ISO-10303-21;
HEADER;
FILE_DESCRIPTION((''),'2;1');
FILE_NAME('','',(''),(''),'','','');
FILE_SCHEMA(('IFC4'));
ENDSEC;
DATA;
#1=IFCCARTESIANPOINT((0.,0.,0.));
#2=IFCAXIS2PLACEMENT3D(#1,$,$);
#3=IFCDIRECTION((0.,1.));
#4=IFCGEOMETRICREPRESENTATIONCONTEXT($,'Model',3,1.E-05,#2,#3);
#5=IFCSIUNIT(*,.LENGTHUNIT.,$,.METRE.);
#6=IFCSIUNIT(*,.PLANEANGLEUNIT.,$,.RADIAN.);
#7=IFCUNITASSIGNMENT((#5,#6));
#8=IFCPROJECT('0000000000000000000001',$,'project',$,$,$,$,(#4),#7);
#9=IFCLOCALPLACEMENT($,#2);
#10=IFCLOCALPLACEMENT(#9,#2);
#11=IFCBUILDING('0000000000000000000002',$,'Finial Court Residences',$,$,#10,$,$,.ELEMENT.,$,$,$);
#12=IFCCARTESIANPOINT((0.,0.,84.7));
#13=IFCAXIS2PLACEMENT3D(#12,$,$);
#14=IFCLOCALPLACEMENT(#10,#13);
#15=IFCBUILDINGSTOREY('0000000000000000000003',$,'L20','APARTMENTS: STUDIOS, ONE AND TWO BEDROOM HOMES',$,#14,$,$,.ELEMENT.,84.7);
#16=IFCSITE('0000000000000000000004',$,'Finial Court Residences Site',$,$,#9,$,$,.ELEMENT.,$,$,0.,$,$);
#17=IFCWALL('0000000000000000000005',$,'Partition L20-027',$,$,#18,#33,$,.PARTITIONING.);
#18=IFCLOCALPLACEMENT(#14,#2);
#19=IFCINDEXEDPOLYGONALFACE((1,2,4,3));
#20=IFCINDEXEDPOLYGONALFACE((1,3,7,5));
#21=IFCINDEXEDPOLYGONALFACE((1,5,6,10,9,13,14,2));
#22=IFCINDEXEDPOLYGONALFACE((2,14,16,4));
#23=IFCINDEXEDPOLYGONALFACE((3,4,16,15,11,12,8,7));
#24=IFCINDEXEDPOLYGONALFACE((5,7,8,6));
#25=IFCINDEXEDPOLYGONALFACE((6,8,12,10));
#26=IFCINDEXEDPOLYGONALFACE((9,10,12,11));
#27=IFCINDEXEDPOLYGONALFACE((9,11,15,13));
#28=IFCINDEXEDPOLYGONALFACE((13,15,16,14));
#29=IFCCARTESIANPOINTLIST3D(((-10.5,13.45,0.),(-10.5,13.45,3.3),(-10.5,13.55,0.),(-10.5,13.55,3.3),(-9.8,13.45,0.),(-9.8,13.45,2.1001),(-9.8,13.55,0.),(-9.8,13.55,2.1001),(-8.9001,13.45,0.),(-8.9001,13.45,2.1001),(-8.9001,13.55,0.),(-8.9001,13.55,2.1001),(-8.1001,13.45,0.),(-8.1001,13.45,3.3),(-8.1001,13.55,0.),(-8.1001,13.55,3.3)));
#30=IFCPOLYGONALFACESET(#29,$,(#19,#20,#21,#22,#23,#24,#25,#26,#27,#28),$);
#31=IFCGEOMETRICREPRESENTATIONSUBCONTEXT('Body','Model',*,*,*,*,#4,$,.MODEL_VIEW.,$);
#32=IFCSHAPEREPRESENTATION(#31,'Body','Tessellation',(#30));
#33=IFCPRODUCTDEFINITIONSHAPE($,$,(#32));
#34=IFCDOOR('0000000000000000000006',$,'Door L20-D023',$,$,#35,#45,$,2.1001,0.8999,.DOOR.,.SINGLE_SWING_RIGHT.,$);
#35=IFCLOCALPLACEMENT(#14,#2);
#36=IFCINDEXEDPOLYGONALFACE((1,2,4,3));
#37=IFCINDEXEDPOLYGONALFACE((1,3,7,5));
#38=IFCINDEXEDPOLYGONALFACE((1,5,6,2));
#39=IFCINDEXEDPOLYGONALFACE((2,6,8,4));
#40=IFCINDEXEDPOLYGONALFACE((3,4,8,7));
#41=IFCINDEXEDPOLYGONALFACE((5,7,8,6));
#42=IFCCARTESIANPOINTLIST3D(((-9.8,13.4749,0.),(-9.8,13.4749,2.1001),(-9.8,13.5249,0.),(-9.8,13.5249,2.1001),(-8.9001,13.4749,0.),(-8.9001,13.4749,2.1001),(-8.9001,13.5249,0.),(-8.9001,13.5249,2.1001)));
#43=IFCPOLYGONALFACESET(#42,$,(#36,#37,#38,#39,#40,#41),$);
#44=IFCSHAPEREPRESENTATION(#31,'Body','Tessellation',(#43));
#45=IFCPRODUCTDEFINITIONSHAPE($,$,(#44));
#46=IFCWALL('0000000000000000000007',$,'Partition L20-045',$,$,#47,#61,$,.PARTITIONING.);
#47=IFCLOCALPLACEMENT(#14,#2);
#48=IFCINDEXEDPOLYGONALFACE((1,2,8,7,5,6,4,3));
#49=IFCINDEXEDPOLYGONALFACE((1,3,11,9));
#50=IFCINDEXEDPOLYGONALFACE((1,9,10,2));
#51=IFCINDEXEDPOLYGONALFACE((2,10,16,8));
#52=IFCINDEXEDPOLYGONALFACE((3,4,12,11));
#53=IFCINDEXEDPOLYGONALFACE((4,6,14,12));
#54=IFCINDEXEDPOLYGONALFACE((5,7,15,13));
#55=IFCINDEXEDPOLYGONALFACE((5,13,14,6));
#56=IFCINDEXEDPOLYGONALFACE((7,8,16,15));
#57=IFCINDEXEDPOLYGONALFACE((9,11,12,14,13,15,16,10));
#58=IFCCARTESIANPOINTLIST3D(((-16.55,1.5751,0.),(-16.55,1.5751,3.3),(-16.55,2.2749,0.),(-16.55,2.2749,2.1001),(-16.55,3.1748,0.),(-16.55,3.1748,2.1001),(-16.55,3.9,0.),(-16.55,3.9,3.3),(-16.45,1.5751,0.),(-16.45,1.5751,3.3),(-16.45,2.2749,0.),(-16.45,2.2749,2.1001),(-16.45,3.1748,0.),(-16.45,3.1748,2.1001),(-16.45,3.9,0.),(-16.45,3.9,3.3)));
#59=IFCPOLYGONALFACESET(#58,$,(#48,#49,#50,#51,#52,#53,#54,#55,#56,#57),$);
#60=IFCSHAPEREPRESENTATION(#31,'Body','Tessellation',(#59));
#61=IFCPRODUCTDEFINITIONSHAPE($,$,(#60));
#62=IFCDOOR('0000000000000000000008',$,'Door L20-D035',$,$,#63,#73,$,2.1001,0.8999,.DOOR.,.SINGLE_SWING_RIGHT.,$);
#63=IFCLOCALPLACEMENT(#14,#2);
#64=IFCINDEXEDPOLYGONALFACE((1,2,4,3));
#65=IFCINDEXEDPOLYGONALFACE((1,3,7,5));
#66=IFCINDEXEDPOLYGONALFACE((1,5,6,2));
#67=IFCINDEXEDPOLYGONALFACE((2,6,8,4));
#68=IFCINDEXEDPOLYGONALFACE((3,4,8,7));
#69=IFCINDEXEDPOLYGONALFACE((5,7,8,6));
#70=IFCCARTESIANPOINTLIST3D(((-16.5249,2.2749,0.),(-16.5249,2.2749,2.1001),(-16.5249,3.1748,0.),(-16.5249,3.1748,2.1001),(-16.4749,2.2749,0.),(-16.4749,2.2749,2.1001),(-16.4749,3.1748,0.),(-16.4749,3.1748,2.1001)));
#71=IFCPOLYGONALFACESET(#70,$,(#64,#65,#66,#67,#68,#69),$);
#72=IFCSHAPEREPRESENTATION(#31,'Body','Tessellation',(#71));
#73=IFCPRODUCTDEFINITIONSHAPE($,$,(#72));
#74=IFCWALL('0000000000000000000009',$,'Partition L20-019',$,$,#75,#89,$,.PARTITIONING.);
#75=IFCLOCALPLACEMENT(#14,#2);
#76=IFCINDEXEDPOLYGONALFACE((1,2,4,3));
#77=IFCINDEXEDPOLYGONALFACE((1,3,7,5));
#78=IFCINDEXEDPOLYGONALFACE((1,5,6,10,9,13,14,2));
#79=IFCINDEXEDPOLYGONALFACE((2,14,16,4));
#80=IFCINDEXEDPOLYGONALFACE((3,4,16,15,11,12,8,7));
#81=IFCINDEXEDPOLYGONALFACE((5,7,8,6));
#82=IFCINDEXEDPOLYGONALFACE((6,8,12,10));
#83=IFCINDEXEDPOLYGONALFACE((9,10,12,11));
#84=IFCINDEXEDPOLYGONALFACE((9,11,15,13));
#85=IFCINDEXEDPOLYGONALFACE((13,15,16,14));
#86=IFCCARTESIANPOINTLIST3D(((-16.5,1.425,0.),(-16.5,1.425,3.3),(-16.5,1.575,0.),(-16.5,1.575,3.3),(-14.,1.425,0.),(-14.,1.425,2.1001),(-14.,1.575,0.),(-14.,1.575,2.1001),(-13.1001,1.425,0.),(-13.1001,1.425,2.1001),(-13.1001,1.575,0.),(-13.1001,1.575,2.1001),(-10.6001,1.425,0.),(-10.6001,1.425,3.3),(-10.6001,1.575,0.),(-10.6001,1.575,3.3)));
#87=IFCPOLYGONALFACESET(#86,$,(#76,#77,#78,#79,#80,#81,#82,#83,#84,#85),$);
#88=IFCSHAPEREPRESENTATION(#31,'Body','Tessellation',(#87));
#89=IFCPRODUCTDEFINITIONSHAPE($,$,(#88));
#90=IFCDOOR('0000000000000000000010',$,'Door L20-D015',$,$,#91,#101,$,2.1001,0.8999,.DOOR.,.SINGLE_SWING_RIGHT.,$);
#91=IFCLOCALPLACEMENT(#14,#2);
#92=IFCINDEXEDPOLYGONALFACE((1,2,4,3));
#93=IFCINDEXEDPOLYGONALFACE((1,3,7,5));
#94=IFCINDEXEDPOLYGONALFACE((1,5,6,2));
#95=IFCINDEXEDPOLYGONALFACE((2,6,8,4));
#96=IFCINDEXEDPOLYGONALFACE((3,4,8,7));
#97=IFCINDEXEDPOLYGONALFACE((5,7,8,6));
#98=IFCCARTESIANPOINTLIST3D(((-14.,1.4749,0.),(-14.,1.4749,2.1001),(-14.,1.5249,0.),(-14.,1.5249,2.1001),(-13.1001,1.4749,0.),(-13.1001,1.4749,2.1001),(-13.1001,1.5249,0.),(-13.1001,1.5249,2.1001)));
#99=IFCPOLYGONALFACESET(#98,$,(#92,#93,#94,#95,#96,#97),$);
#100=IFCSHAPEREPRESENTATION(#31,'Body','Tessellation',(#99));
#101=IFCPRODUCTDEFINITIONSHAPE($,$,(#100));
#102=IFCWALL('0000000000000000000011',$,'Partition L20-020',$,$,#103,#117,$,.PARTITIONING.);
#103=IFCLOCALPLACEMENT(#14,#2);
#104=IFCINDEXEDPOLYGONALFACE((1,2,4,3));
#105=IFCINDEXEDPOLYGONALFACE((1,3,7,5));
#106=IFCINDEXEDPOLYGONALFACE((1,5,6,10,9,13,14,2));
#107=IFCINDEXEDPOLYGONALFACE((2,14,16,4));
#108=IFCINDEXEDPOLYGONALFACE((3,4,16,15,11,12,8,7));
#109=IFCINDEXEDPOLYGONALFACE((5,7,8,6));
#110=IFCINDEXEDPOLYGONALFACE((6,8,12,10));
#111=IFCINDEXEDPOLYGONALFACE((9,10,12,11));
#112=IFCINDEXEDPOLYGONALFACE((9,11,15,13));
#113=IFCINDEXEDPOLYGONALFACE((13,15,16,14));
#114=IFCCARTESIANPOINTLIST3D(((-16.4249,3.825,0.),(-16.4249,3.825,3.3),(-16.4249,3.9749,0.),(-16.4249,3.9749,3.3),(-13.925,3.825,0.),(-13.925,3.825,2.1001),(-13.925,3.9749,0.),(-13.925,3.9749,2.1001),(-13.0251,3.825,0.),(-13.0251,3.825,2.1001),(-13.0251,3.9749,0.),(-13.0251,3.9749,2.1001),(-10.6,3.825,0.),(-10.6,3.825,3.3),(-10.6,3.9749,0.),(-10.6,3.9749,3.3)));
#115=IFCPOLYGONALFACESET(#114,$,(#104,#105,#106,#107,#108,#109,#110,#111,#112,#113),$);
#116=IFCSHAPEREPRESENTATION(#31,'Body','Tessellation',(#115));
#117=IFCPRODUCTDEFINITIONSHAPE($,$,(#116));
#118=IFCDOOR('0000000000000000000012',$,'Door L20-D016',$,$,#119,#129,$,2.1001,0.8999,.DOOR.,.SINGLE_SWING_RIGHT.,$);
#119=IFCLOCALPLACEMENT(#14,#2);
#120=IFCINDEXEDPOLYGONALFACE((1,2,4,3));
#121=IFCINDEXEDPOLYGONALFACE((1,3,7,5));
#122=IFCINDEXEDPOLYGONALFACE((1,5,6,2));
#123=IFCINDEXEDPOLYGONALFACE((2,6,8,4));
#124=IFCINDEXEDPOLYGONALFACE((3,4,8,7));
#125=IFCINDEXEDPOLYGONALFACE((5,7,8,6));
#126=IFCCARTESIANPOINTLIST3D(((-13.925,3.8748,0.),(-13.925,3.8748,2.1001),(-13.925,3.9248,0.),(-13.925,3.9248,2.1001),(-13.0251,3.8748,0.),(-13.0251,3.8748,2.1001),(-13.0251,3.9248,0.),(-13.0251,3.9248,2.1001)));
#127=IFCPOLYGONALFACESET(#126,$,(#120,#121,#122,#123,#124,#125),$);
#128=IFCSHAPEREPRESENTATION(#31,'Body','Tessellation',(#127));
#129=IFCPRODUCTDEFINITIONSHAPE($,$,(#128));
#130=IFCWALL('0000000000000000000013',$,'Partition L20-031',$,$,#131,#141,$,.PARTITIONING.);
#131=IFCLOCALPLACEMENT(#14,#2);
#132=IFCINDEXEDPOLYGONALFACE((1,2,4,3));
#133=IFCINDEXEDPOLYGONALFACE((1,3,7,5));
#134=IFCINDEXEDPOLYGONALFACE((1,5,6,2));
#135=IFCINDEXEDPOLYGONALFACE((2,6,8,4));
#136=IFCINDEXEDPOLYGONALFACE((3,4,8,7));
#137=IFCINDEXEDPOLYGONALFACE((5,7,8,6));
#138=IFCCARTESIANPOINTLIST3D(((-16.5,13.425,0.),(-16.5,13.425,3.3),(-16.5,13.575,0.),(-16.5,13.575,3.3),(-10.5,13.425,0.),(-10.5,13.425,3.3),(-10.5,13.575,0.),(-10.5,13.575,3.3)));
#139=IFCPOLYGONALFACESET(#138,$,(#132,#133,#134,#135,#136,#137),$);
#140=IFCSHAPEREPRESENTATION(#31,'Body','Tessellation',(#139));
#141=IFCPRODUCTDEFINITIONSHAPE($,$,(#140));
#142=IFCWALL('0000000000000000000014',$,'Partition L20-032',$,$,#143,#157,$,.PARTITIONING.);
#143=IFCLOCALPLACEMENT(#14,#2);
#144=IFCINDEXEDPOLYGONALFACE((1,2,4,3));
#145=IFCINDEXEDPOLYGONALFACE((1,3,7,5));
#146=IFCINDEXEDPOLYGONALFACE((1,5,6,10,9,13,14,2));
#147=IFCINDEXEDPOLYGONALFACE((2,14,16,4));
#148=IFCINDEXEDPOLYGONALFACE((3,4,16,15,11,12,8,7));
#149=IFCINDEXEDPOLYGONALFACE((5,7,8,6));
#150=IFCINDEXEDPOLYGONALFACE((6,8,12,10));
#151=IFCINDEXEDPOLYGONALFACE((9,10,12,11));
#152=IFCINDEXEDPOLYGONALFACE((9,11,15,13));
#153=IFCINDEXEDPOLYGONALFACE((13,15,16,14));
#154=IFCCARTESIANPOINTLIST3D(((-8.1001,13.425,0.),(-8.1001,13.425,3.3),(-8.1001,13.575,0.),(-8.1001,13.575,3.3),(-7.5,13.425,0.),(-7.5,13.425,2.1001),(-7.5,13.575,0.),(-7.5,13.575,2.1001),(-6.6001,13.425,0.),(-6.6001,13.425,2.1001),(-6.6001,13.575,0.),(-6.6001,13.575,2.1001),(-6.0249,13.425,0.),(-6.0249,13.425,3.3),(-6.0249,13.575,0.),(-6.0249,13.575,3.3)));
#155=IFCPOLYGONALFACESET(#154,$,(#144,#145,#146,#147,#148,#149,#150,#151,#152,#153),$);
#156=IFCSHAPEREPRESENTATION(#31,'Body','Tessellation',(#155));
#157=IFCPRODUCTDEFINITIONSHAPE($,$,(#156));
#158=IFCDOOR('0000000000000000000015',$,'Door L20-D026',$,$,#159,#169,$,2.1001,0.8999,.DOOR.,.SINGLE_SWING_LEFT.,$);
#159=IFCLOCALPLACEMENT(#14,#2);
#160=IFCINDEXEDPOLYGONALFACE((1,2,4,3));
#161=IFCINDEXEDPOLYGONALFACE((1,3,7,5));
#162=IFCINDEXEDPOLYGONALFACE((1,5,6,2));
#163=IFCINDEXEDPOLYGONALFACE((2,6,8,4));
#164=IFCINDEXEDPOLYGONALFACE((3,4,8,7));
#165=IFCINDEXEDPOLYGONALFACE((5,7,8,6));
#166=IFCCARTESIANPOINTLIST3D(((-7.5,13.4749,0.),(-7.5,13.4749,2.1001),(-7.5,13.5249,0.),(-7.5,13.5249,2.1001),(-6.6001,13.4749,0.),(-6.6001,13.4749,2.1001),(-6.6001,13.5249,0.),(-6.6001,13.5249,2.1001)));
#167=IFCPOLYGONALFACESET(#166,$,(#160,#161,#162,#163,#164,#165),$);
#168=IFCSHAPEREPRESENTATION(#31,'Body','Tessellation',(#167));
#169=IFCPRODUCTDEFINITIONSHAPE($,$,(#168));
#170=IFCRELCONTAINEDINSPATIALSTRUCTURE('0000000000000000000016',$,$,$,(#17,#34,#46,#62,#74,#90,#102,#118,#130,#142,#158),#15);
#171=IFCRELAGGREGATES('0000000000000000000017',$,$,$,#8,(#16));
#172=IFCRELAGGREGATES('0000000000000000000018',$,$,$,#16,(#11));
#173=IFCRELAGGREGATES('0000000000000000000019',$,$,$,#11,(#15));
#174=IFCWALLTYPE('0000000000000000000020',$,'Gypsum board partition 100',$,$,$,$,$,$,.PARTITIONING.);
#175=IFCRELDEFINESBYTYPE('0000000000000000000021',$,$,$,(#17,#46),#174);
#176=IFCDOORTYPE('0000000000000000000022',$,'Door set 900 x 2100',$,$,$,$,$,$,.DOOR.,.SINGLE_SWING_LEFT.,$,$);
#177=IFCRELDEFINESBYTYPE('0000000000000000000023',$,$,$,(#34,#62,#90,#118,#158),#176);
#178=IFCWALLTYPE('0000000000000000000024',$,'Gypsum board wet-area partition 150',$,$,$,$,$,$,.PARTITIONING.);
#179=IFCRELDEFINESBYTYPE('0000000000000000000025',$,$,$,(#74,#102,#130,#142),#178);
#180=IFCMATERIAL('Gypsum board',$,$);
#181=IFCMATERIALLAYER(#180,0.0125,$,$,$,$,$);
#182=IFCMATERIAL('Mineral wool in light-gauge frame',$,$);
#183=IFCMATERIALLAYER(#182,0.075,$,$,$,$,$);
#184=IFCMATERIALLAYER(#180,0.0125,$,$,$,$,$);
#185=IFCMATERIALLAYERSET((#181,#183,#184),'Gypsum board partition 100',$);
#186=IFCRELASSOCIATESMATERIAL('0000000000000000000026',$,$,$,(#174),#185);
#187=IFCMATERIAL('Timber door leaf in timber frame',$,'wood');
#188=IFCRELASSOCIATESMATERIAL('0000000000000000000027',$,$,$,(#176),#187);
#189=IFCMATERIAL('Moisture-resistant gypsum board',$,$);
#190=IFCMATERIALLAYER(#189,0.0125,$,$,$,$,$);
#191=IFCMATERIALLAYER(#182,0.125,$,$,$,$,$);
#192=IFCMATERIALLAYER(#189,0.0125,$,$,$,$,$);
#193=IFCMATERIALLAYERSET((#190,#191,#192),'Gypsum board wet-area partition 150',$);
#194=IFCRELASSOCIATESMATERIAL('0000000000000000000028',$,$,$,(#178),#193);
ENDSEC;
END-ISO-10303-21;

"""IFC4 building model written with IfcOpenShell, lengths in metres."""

from ifc_helpers import new_model, si_unit, direction, frame, frame_2d, origin, place, context, subcontext, project, spatial, rectangle, extrude, material, layer, layer_set, type_object, element, fill, save


model = new_model("IFC4")

# Units and contexts
model_context = context("Model", 3, precision=1e-05, world=origin(), true_north=direction((0.0, 1.0)))
body_context = subcontext(model_context, "Body", "Model", "MODEL_VIEW")
ifc_project = project(units=[si_unit("LENGTHUNIT", "METRE"), si_unit("PLANEANGLEUNIT", "RADIAN")], contexts=[model_context])

# Site, building, storey
site_placement = place(None, origin())
site = spatial("IfcSite", under=ifc_project, at=site_placement, Name="Finial Court Residences Site", CompositionType="ELEMENT", RefElevation=0.0)
building_placement = place(site_placement, origin())
building = spatial("IfcBuilding", under=site, at=building_placement, Name="Finial Court Residences", CompositionType="ELEMENT")
storey_placement = place(building_placement, frame((0.0, 0.0, 84.7)))
storey = spatial("IfcBuildingStorey", under=building, at=storey_placement, Name="L20", Description="APARTMENTS: STUDIOS, ONE AND TWO BEDROOM HOMES", CompositionType="ELEMENT", Elevation=84.7)

# Shared definitions
ifc_material_1 = material(Name="Gypsum board")

# Walls, openings, doors
ifc_layer_1 = layer(ifc_material_1, 0.0125)
ifc_material_2 = material(Name="Mineral wool in light-gauge frame")
ifc_layer_2 = layer(ifc_material_2, 0.075)
ifc_layer_3 = layer(ifc_material_1, 0.0125)
ifc_layer_set_1 = layer_set([ifc_layer_1, ifc_layer_2, ifc_layer_3], Name="Gypsum board partition 100")
wall_type_1 = type_object("IfcWallType", Name="Gypsum board partition 100", PredefinedType="PARTITIONING", material=ifc_layer_set_1)
wall_1_placement = place(storey_placement, frame((-10.5, 13.5, 0.0), z_axis=(0.0, 0.0, 1.0), x_axis=(1.0, 0.0, 0.0)))
wall_1 = element("IfcWall", 1, at=wall_1_placement, inside=storey, type_object=wall_type_1, Name="Partition L20-027", PredefinedType="PARTITIONING", context=body_context, shape_type="SweptSolid", body=[
    extrude(rectangle(XDim=2.3999, YDim=0.1001, at=frame_2d((1.2, 0.0))), origin(), (0.0, 0.0, 1.0), 3.3),
])
opening_1_placement = place(wall_1_placement, frame((0.7, 0.0, 0.0)))
opening_1 = element("IfcOpeningElement", 2, at=opening_1_placement, cuts=wall_1, PredefinedType="OPENING", context=body_context, shape_type="SweptSolid", body=[
    extrude(rectangle(XDim=0.8999, YDim=2.1001, at=frame_2d((0.45, 1.05))), frame((0.0, 0.0601, 0.0), z_axis=(0.0, -1.0, 0.0), x_axis=(1.0, 0.0, 0.0)), (0.0, 0.0, 1.0), 0.1201),
])
ifc_material_3 = material(Name="Timber door leaf in timber frame", Category="wood")
door_type = type_object("IfcDoorType", Name="Door set 900 x 2100", OperationType="SINGLE_SWING_LEFT", PredefinedType="DOOR", material=ifc_material_3)
door_1_placement = place(opening_1_placement, origin())
door_1 = element("IfcDoor", 3, at=door_1_placement, inside=storey, type_object=door_type, Name="Door L20-D023", OperationType="SINGLE_SWING_RIGHT", OverallHeight=2.1001, OverallWidth=0.8999, PredefinedType="DOOR", context=body_context, shape_type="SweptSolid", body=[
    extrude(rectangle(XDim=0.8999, YDim=2.1001, at=frame_2d((0.45, 1.05))), frame((0.0, 0.0249, 0.0), z_axis=(0.0, -1.0, 0.0), x_axis=(1.0, 0.0, 0.0)), (0.0, 0.0, 1.0), 0.05),
])
fill(opening_1, door_1)
wall_2_placement = place(storey_placement, frame((-16.5, 1.575, 0.0), z_axis=(0.0, 0.0, 1.0), x_axis=(0.0, 1.0, 0.0)))
wall_2 = element("IfcWall", 4, at=wall_2_placement, inside=storey, type_object=wall_type_1, Name="Partition L20-045", PredefinedType="PARTITIONING", context=body_context, shape_type="SweptSolid", body=[
    extrude(rectangle(XDim=2.325, YDim=0.1001, at=frame_2d((1.1626, 0.0))), origin(), (0.0, 0.0, 1.0), 3.3),
])
opening_2_placement = place(wall_2_placement, frame((0.7, 0.0, 0.0)))
opening_2 = element("IfcOpeningElement", 5, at=opening_2_placement, cuts=wall_2, PredefinedType="OPENING", context=body_context, shape_type="SweptSolid", body=[
    extrude(rectangle(XDim=0.8999, YDim=2.1001, at=frame_2d((0.45, 1.05))), frame((0.0, 0.0601, 0.0), z_axis=(0.0, -1.0, 0.0), x_axis=(1.0, 0.0, 0.0)), (0.0, 0.0, 1.0), 0.1201),
])
door_2_placement = place(opening_2_placement, origin())
door_2 = element("IfcDoor", 6, at=door_2_placement, inside=storey, type_object=door_type, Name="Door L20-D035", OperationType="SINGLE_SWING_RIGHT", OverallHeight=2.1001, OverallWidth=0.8999, PredefinedType="DOOR", context=body_context, shape_type="SweptSolid", body=[
    extrude(rectangle(XDim=0.8999, YDim=2.1001, at=frame_2d((0.45, 1.05))), frame((0.0, 0.0249, 0.0), z_axis=(0.0, -1.0, 0.0), x_axis=(1.0, 0.0, 0.0)), (0.0, 0.0, 1.0), 0.05),
])
fill(opening_2, door_2)
ifc_material_4 = material(Name="Moisture-resistant gypsum board")
ifc_layer_4 = layer(ifc_material_4, 0.0125)
ifc_layer_5 = layer(ifc_material_2, 0.125)
ifc_layer_6 = layer(ifc_material_4, 0.0125)
ifc_layer_set_2 = layer_set([ifc_layer_4, ifc_layer_5, ifc_layer_6], Name="Gypsum board wet-area partition 150")
wall_type_2 = type_object("IfcWallType", Name="Gypsum board wet-area partition 150", PredefinedType="PARTITIONING", material=ifc_layer_set_2)
wall_3_placement = place(storey_placement, frame((-16.5, 1.5, 0.0), z_axis=(0.0, 0.0, 1.0), x_axis=(1.0, 0.0, 0.0)))
wall_3 = element("IfcWall", 7, at=wall_3_placement, inside=storey, type_object=wall_type_2, Name="Partition L20-019", PredefinedType="PARTITIONING", context=body_context, shape_type="SweptSolid", body=[
    extrude(rectangle(XDim=5.8999, YDim=0.1499, at=frame_2d((2.95, 0.0))), origin(), (0.0, 0.0, 1.0), 3.3),
])
opening_3_placement = place(wall_3_placement, frame((2.5, 0.0, 0.0)))
opening_3 = element("IfcOpeningElement", 8, at=opening_3_placement, cuts=wall_3, PredefinedType="OPENING", context=body_context, shape_type="SweptSolid", body=[
    extrude(rectangle(XDim=0.8999, YDim=2.1001, at=frame_2d((0.45, 1.05))), frame((0.0, 0.085, 0.0), z_axis=(0.0, -1.0, 0.0), x_axis=(1.0, 0.0, 0.0)), (0.0, 0.0, 1.0), 0.1699),
])
door_3_placement = place(opening_3_placement, origin())
door_3 = element("IfcDoor", 9, at=door_3_placement, inside=storey, type_object=door_type, Name="Door L20-D015", OperationType="SINGLE_SWING_RIGHT", OverallHeight=2.1001, OverallWidth=0.8999, PredefinedType="DOOR", context=body_context, shape_type="SweptSolid", body=[
    extrude(rectangle(XDim=0.8999, YDim=2.1001, at=frame_2d((0.45, 1.05))), frame((0.0, 0.0249, 0.0), z_axis=(0.0, -1.0, 0.0), x_axis=(1.0, 0.0, 0.0)), (0.0, 0.0, 1.0), 0.05),
])
fill(opening_3, door_3)
wall_4_placement = place(storey_placement, frame((-16.425, 3.8999, 0.0), z_axis=(0.0, 0.0, 1.0), x_axis=(1.0, 0.0, 0.0)))
wall_4 = element("IfcWall", 10, at=wall_4_placement, inside=storey, type_object=wall_type_2, Name="Partition L20-020", PredefinedType="PARTITIONING", context=body_context, shape_type="SweptSolid", body=[
    extrude(rectangle(XDim=5.825, YDim=0.1499, at=frame_2d((2.9126, 0.0))), origin(), (0.0, 0.0, 1.0), 3.3),
])
opening_4_placement = place(wall_4_placement, frame((2.5, 0.0, 0.0)))
opening_4 = element("IfcOpeningElement", 11, at=opening_4_placement, cuts=wall_4, PredefinedType="OPENING", context=body_context, shape_type="SweptSolid", body=[
    extrude(rectangle(XDim=0.8999, YDim=2.1001, at=frame_2d((0.45, 1.05))), frame((0.0, 0.085, 0.0), z_axis=(0.0, -1.0, 0.0), x_axis=(1.0, 0.0, 0.0)), (0.0, 0.0, 1.0), 0.1699),
])
door_4_placement = place(opening_4_placement, origin())
door_4 = element("IfcDoor", 12, at=door_4_placement, inside=storey, type_object=door_type, Name="Door L20-D016", OperationType="SINGLE_SWING_RIGHT", OverallHeight=2.1001, OverallWidth=0.8999, PredefinedType="DOOR", context=body_context, shape_type="SweptSolid", body=[
    extrude(rectangle(XDim=0.8999, YDim=2.1001, at=frame_2d((0.45, 1.05))), frame((0.0, 0.0249, 0.0), z_axis=(0.0, -1.0, 0.0), x_axis=(1.0, 0.0, 0.0)), (0.0, 0.0, 1.0), 0.05),
])
fill(opening_4, door_4)

# Wall
wall_5_placement = place(storey_placement, frame((-16.5, 13.5, 0.0), z_axis=(0.0, 0.0, 1.0), x_axis=(1.0, 0.0, 0.0)))
element("IfcWall", 13, at=wall_5_placement, inside=storey, type_object=wall_type_2, Name="Partition L20-031", PredefinedType="PARTITIONING", context=body_context, shape_type="SweptSolid", body=[
    extrude(rectangle(XDim=6.0, YDim=0.1499, at=frame_2d((3.0, 0.0))), origin(), (0.0, 0.0, 1.0), 3.3),
])

# Wall, opening, door
wall_6_placement = place(storey_placement, frame((-8.1001, 13.5, 0.0), z_axis=(0.0, 0.0, 1.0), x_axis=(1.0, 0.0, 0.0)))
wall_6 = element("IfcWall", 14, at=wall_6_placement, inside=storey, type_object=wall_type_2, Name="Partition L20-032", PredefinedType="PARTITIONING", context=body_context, shape_type="SweptSolid", body=[
    extrude(rectangle(XDim=2.0752, YDim=0.1499, at=frame_2d((1.0376, 0.0))), origin(), (0.0, 0.0, 1.0), 3.3),
])
opening_5_placement = place(wall_6_placement, frame((0.6001, 0.0, 0.0)))
opening_5 = element("IfcOpeningElement", 15, at=opening_5_placement, cuts=wall_6, PredefinedType="OPENING", context=body_context, shape_type="SweptSolid", body=[
    extrude(rectangle(XDim=0.8999, YDim=2.1001, at=frame_2d((0.45, 1.05))), frame((0.0, 0.085, 0.0), z_axis=(0.0, -1.0, 0.0), x_axis=(1.0, 0.0, 0.0)), (0.0, 0.0, 1.0), 0.1699),
])
door_5_placement = place(opening_5_placement, origin())
door_5 = element("IfcDoor", 16, at=door_5_placement, inside=storey, type_object=door_type, Name="Door L20-D026", OperationType="SINGLE_SWING_LEFT", OverallHeight=2.1001, OverallWidth=0.8999, PredefinedType="DOOR", context=body_context, shape_type="SweptSolid", body=[
    extrude(rectangle(XDim=0.8999, YDim=2.1001, at=frame_2d((0.45, 1.05))), frame((0.0, 0.0249, 0.0), z_axis=(0.0, -1.0, 0.0), x_axis=(1.0, 0.0, 0.0)), (0.0, 0.0, 1.0), 0.05),
])
fill(opening_5, door_5)

save(model, "model.ifc")
